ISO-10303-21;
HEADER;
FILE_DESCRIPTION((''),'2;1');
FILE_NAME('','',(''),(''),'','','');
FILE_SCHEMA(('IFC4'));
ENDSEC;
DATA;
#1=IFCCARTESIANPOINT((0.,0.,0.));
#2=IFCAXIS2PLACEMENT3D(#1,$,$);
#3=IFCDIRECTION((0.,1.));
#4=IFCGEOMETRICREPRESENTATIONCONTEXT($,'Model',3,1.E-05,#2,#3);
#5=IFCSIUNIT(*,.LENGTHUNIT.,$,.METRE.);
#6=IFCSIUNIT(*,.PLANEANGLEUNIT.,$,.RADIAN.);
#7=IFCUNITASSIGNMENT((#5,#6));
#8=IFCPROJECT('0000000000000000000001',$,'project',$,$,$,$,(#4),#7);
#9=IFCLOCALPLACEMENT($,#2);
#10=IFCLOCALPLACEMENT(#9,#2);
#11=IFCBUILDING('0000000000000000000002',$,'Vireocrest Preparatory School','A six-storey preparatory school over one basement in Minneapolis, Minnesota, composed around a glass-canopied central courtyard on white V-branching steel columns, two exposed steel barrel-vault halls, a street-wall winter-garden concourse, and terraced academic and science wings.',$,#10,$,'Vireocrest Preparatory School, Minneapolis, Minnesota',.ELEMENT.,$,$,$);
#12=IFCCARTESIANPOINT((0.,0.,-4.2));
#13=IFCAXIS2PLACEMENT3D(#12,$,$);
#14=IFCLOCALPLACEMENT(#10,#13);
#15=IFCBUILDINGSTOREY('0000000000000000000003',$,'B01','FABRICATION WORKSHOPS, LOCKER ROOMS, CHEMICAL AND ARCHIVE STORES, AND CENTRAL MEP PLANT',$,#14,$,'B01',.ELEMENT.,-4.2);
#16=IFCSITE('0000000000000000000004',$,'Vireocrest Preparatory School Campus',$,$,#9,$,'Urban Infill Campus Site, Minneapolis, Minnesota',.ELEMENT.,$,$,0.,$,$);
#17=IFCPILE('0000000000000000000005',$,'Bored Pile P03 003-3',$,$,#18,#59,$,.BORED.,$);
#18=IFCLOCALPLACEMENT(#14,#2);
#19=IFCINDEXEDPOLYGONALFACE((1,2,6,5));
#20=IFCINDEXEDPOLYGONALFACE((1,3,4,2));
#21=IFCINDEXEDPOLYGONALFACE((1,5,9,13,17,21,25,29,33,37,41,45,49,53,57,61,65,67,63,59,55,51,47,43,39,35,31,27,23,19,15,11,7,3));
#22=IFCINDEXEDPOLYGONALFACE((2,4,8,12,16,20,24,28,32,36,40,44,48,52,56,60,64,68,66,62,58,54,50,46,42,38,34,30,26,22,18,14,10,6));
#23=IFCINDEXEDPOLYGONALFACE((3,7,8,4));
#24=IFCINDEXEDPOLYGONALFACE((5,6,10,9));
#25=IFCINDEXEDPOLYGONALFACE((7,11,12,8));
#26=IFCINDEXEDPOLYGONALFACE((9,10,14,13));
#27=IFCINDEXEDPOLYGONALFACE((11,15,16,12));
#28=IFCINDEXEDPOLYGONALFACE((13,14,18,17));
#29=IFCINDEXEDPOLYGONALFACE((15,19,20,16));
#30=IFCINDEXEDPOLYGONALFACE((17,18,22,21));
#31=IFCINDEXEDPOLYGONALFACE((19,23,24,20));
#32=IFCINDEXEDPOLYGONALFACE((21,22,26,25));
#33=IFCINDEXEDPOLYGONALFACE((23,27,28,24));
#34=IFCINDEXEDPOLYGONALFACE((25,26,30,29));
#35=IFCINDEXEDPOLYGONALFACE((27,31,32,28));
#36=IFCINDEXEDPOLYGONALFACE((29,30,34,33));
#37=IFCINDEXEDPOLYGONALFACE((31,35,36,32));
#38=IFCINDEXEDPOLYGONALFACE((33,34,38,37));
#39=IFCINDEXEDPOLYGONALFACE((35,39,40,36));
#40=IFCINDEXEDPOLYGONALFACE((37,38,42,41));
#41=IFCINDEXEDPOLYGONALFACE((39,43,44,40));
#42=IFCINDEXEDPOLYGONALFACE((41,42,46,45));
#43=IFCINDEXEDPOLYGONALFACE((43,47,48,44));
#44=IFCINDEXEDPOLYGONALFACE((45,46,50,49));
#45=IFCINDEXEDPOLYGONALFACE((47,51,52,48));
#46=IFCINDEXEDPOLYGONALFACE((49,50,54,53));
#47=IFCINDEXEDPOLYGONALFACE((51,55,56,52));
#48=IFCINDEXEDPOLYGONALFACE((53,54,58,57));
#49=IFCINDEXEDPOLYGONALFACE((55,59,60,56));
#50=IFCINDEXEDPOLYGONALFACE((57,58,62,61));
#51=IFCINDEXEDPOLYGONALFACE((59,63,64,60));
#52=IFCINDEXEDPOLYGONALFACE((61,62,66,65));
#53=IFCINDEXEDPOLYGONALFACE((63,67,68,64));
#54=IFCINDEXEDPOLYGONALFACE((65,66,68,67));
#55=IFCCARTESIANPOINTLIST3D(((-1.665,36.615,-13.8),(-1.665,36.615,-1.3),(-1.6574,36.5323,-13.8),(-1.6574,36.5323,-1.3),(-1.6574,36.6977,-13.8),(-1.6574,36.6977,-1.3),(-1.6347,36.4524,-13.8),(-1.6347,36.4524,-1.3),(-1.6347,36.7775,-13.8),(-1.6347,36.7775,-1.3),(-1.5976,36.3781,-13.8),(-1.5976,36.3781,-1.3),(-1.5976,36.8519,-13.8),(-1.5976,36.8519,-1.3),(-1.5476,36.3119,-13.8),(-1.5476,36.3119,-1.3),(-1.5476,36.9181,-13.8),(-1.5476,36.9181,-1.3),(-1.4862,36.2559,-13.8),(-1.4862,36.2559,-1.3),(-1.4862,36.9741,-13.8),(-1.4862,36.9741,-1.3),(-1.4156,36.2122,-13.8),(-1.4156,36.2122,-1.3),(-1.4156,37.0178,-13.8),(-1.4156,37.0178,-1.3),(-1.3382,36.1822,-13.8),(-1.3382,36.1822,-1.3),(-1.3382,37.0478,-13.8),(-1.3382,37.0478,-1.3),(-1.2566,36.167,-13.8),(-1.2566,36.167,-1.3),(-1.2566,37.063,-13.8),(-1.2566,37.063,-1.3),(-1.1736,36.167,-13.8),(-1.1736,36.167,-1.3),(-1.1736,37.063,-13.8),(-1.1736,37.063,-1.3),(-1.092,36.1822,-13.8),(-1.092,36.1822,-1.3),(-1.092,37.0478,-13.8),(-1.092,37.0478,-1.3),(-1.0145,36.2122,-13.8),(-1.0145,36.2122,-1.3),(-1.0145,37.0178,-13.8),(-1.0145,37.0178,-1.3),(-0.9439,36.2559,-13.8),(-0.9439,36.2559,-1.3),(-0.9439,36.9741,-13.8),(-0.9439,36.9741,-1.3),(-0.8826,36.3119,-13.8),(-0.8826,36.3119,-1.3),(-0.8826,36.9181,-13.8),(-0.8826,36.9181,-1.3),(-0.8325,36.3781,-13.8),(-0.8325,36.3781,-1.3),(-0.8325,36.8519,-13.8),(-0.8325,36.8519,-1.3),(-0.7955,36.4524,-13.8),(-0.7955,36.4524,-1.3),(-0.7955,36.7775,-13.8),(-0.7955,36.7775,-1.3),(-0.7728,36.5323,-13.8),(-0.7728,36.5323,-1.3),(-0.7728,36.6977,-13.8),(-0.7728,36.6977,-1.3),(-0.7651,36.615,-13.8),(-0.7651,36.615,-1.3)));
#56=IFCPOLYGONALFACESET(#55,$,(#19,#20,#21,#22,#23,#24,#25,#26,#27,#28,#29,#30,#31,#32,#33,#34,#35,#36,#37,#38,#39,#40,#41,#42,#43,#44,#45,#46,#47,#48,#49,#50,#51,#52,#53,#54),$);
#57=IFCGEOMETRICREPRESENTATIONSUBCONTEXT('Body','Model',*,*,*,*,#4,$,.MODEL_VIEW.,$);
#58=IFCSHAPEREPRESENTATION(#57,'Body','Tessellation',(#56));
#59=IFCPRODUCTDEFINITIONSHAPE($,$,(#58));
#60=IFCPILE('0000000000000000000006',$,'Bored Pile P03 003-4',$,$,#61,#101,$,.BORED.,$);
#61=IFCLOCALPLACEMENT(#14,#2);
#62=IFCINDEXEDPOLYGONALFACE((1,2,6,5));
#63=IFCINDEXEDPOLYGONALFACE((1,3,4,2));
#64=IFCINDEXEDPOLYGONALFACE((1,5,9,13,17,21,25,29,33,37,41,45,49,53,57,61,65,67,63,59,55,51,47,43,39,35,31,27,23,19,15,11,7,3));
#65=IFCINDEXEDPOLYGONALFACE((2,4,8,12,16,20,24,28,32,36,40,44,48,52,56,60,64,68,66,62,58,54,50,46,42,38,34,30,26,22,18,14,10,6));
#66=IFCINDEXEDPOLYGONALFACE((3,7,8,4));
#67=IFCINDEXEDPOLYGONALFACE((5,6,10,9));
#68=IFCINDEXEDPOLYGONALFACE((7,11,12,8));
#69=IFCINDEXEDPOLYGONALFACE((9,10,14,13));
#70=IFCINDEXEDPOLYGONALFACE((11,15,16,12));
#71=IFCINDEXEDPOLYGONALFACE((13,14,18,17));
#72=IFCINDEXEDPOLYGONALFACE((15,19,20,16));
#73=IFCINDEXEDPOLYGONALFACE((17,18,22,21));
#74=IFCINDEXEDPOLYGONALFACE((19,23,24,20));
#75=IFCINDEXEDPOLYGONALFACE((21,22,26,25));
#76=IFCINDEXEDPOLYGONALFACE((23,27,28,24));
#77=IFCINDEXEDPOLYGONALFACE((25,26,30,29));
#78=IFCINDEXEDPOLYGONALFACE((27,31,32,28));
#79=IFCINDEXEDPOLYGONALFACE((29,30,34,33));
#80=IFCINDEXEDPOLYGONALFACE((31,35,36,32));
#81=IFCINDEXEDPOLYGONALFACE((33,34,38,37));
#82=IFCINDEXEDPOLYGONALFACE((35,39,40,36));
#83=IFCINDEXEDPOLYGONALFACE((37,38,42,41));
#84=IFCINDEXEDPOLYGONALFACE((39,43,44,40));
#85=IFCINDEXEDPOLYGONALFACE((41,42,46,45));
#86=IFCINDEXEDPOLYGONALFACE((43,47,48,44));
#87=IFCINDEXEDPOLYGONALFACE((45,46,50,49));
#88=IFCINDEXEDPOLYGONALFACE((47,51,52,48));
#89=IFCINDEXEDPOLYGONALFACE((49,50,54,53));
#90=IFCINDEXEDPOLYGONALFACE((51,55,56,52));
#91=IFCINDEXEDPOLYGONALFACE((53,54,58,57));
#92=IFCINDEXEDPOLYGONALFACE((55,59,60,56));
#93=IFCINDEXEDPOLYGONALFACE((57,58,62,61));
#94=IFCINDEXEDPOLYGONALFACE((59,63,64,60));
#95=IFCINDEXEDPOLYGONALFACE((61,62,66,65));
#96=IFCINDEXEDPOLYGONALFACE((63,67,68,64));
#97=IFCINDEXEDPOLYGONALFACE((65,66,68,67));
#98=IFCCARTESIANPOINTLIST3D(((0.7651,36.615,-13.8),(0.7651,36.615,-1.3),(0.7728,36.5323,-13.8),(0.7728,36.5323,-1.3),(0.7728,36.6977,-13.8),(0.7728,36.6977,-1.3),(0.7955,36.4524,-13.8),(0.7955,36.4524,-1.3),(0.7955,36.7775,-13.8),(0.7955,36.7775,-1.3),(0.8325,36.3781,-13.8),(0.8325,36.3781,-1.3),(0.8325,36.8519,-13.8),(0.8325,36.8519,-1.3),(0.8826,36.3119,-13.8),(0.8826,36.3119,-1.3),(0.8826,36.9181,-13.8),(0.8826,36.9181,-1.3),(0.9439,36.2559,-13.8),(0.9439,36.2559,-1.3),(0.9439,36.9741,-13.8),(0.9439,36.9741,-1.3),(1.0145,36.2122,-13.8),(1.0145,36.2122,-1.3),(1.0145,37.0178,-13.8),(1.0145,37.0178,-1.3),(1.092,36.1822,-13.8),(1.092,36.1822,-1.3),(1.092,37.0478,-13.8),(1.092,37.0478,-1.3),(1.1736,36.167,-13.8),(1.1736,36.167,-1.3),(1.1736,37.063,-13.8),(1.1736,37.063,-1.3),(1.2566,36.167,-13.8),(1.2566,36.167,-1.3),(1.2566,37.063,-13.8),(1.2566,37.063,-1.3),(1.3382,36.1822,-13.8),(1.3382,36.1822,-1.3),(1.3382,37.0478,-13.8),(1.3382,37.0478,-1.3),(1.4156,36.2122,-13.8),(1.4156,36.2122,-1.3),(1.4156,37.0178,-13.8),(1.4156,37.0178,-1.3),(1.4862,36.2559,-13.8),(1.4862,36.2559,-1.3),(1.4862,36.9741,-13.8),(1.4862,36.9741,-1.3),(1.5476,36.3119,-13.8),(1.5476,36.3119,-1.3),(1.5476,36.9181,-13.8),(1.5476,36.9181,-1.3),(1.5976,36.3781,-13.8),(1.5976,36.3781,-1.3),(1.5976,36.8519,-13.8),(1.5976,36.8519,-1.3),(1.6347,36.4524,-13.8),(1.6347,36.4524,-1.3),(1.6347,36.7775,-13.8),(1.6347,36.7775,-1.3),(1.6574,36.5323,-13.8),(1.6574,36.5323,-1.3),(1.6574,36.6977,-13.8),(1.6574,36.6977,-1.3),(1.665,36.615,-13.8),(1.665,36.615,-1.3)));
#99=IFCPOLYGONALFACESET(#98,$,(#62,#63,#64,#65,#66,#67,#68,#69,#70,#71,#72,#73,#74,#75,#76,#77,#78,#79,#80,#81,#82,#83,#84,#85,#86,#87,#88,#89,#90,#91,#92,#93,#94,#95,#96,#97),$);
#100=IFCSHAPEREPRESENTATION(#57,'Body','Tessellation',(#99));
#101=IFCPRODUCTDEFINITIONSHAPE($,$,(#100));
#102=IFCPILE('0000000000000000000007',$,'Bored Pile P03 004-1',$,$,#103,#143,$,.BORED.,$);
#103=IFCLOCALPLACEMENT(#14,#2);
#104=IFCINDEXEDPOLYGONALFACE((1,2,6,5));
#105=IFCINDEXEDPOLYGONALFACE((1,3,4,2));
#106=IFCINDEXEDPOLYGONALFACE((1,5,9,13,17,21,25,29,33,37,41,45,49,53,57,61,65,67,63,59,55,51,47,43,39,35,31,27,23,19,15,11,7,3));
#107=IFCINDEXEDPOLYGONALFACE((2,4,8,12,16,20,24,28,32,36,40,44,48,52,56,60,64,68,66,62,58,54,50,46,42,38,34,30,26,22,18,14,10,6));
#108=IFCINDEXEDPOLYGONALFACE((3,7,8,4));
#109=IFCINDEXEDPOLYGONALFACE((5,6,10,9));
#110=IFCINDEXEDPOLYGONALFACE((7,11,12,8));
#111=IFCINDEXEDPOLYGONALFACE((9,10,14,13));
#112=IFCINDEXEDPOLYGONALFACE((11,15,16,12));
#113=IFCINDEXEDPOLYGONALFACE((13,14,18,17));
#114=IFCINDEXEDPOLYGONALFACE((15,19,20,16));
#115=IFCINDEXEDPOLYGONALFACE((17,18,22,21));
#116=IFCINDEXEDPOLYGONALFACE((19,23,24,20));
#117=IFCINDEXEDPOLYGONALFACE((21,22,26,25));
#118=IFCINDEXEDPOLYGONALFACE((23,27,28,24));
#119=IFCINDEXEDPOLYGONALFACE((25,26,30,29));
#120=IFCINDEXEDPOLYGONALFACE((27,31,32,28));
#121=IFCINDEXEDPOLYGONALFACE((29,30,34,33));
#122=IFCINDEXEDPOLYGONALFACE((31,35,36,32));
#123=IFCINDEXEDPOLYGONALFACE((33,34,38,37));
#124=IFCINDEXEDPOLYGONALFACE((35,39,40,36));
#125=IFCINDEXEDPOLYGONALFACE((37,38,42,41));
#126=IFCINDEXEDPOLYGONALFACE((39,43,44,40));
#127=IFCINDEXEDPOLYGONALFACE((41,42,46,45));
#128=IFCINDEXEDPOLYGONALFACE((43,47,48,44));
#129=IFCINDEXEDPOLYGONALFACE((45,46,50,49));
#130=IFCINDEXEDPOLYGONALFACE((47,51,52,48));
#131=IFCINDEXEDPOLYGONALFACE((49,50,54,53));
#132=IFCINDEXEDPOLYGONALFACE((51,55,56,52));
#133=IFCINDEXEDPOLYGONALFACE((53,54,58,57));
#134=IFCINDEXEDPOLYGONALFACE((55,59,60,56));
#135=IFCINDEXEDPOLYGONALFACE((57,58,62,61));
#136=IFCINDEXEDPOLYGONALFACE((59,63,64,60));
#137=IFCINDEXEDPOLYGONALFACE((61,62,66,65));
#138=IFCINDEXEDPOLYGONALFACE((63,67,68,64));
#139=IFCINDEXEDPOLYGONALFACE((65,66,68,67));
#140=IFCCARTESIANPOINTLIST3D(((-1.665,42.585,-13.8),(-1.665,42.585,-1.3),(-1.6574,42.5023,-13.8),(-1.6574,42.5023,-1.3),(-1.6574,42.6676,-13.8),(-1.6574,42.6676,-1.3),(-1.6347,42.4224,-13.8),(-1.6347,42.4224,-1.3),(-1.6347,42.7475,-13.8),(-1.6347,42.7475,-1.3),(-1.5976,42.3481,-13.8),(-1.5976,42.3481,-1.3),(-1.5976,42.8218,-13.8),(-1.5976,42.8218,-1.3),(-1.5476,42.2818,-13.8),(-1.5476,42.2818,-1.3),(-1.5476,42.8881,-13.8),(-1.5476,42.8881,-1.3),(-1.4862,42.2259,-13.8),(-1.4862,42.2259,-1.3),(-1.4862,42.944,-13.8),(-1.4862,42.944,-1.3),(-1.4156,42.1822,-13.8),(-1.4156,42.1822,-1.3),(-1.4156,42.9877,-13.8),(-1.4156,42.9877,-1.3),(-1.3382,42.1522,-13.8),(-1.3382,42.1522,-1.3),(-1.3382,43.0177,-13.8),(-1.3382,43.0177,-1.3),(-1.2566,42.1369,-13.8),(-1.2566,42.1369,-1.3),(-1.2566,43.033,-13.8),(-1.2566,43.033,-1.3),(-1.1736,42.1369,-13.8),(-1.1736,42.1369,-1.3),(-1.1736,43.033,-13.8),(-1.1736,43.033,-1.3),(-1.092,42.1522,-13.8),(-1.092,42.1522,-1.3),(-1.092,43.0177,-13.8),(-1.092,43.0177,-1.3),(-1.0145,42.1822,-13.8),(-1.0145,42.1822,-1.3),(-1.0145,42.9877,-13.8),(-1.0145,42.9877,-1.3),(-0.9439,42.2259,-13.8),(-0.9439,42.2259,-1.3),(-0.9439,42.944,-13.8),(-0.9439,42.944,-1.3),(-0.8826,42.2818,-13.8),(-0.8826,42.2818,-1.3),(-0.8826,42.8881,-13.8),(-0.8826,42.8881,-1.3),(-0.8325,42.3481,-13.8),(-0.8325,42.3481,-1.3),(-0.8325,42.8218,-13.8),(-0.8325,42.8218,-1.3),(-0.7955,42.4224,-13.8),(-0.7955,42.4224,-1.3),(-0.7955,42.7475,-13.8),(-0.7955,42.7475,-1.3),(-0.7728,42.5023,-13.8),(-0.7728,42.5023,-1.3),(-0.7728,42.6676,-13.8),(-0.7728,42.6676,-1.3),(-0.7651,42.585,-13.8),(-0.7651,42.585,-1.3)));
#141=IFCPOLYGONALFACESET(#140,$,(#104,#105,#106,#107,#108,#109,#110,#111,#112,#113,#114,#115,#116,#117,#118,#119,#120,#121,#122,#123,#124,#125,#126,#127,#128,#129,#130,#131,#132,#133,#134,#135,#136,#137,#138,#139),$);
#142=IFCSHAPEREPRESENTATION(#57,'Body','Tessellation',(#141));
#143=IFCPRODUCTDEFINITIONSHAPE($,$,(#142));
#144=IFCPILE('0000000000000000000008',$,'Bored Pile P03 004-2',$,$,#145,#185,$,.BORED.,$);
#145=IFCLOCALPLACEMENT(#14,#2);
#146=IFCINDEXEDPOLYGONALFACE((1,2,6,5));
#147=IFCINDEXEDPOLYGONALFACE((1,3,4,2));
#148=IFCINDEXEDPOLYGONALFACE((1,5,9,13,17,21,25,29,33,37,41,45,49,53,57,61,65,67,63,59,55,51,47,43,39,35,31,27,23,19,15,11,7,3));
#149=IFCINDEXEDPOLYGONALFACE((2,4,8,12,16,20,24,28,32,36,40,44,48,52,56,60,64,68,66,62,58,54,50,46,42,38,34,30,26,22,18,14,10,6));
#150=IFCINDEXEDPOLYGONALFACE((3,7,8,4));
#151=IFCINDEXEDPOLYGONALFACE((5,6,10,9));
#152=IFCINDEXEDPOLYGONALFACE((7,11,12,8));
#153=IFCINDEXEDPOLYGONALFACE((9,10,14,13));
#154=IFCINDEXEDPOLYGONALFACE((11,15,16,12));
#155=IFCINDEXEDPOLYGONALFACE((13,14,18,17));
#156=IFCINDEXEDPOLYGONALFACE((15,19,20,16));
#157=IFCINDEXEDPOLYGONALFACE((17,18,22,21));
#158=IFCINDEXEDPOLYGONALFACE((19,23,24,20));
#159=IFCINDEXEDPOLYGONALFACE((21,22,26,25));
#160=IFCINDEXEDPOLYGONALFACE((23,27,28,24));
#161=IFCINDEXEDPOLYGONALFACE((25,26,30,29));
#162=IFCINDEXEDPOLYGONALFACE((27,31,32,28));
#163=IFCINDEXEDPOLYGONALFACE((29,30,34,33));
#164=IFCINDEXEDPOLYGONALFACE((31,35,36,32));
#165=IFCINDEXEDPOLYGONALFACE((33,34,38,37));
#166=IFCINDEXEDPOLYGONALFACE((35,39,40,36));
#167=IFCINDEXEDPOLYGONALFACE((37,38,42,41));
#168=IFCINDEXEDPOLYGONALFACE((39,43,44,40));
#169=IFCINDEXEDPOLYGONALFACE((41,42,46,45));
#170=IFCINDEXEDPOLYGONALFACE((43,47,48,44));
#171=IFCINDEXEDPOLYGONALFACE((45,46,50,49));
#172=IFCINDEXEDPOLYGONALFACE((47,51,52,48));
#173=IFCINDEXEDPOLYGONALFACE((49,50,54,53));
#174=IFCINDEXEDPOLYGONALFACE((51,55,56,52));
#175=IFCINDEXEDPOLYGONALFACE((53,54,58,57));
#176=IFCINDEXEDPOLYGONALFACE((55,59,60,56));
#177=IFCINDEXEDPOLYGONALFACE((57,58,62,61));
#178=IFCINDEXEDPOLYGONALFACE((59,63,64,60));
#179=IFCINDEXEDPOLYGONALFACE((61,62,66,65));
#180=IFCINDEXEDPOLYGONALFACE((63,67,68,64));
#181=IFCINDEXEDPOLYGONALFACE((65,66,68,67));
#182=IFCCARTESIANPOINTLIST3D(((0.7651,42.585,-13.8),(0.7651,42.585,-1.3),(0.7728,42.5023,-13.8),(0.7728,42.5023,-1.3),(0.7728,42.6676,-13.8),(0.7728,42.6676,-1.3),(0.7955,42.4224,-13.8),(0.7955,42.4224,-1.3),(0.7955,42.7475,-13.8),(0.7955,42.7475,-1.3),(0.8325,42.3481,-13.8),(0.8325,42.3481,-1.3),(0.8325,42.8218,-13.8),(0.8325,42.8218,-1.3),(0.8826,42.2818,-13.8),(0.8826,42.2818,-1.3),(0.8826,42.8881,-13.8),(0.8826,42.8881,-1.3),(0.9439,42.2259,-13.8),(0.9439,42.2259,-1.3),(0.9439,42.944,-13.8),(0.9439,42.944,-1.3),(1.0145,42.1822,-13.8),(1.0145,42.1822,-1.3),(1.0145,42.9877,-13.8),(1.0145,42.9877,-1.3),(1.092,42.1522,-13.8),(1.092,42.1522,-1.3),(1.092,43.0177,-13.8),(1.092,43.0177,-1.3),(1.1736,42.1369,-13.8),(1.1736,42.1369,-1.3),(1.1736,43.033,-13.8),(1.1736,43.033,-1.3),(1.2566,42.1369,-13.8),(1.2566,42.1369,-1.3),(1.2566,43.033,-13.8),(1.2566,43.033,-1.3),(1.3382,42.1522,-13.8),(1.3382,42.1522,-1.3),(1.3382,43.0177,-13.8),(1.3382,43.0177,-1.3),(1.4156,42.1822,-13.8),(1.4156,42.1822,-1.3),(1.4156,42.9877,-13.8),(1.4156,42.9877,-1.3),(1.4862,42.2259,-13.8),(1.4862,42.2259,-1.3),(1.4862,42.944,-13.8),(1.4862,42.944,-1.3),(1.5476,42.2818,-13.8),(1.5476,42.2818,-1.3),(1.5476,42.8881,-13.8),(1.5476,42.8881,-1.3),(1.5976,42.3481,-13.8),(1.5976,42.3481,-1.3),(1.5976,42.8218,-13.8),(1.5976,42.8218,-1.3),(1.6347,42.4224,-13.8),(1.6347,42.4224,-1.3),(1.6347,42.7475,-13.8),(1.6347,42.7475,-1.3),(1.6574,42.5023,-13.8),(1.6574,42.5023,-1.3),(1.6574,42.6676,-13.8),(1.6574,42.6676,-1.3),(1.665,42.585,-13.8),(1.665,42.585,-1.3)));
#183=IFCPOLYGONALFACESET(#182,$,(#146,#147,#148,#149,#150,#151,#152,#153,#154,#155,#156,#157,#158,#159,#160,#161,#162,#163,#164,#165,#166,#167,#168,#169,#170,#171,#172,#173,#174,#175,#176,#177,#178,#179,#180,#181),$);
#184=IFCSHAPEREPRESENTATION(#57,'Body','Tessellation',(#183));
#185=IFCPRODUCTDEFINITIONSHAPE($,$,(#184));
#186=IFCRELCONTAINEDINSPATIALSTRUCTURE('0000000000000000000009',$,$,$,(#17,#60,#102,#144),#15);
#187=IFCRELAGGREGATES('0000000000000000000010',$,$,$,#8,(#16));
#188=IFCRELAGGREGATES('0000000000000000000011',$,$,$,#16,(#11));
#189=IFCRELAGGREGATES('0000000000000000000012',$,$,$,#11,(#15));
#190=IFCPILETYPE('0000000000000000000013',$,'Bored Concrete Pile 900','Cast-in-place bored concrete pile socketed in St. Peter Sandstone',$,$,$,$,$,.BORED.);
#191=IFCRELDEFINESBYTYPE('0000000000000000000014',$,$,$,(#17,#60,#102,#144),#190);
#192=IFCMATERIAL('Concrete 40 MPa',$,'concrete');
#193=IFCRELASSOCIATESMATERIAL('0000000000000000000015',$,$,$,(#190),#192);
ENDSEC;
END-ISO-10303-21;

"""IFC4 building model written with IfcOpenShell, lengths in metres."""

from ifc_helpers import new_model, si_unit, direction, frame, origin, origin_2d, place, context, subcontext, project, spatial, circle, extrude, material, material_profile, profile_set, type_object, element, save


model = new_model("IFC4")

# Units and contexts
model_context = context("Model", 3, precision=1e-05, world=origin(), true_north=direction((0.0, 1.0)))
body_context = subcontext(model_context, "Body", "Model", "MODEL_VIEW")
ifc_project = project(units=[si_unit("LENGTHUNIT", "METRE"), si_unit("PLANEANGLEUNIT", "RADIAN")], contexts=[model_context])

# Site, building, storey
site_placement = place(None, origin())
site = spatial("IfcSite", under=ifc_project, at=site_placement, Name="Vireocrest Preparatory School Campus", LongName="Urban Infill Campus Site, Minneapolis, Minnesota", CompositionType="ELEMENT", RefElevation=0.0)
building_placement = place(site_placement, origin())
building = spatial("IfcBuilding", under=site, at=building_placement, Name="Vireocrest Preparatory School", Description="A six-storey preparatory school over one basement in Minneapolis, Minnesota, composed around a glass-canopied central courtyard on white V-branching steel columns, two exposed steel barrel-vault halls, a street-wall winter-garden concourse, and terraced academic and science wings.", LongName="Vireocrest Preparatory School, Minneapolis, Minnesota", CompositionType="ELEMENT")
storey_placement = place(building_placement, frame((0.0, 0.0, -4.2)))
storey = spatial("IfcBuildingStorey", under=building, at=storey_placement, Name="B01", Description="FABRICATION WORKSHOPS, LOCKER ROOMS, CHEMICAL AND ARCHIVE STORES, AND CENTRAL MEP PLANT", LongName="B01", CompositionType="ELEMENT", Elevation=-4.2)

# Piles
ifc_material_1 = material(Name="Concrete 40 MPa", Category="concrete")
ifc_material_profile_1 = material_profile(ifc_material_1, circle(Radius=0.45, at=origin_2d()), Name="BORED PILE 900")
ifc_profile_set_1 = profile_set([ifc_material_profile_1], Name="Concrete 40 MPa")
pile_type = type_object("IfcPileType", Name="Bored Concrete Pile 900", Description="Cast-in-place bored concrete pile socketed in St. Peter Sandstone", PredefinedType="BORED", material=ifc_profile_set_1)
for number, where, z_axis, x_axis, name in (
    (1, (-1.2151, 36.615, -1.3), (0.0, 0.0, -1.0), (1.0, 0.0, 0.0), "Bored Pile P03 003-3"),
    (2, (1.2151, 36.615, -1.3), (0.0, 0.0, -1.0), (1.0, 0.0, 0.0), "Bored Pile P03 003-4"),
    (3, (-1.2151, 42.585, -1.3), (0.0, 0.0, -1.0), (1.0, 0.0, 0.0), "Bored Pile P03 004-1"),
    (4, (1.2151, 42.585, -1.3), (0.0, 0.0, -1.0), (1.0, 0.0, 0.0), "Bored Pile P03 004-2"),
):
    element("IfcPile", number, at=place(storey_placement, frame(where, z_axis=z_axis, x_axis=x_axis)), inside=storey, type_object=pile_type, Name=name, PredefinedType="BORED", context=body_context, shape_type="SweptSolid", body=[
        extrude(circle(Radius=0.45, at=origin_2d()), origin(), (0.0, 0.0, 1.0), 12.5),
    ])

save(model, "model.ifc")
